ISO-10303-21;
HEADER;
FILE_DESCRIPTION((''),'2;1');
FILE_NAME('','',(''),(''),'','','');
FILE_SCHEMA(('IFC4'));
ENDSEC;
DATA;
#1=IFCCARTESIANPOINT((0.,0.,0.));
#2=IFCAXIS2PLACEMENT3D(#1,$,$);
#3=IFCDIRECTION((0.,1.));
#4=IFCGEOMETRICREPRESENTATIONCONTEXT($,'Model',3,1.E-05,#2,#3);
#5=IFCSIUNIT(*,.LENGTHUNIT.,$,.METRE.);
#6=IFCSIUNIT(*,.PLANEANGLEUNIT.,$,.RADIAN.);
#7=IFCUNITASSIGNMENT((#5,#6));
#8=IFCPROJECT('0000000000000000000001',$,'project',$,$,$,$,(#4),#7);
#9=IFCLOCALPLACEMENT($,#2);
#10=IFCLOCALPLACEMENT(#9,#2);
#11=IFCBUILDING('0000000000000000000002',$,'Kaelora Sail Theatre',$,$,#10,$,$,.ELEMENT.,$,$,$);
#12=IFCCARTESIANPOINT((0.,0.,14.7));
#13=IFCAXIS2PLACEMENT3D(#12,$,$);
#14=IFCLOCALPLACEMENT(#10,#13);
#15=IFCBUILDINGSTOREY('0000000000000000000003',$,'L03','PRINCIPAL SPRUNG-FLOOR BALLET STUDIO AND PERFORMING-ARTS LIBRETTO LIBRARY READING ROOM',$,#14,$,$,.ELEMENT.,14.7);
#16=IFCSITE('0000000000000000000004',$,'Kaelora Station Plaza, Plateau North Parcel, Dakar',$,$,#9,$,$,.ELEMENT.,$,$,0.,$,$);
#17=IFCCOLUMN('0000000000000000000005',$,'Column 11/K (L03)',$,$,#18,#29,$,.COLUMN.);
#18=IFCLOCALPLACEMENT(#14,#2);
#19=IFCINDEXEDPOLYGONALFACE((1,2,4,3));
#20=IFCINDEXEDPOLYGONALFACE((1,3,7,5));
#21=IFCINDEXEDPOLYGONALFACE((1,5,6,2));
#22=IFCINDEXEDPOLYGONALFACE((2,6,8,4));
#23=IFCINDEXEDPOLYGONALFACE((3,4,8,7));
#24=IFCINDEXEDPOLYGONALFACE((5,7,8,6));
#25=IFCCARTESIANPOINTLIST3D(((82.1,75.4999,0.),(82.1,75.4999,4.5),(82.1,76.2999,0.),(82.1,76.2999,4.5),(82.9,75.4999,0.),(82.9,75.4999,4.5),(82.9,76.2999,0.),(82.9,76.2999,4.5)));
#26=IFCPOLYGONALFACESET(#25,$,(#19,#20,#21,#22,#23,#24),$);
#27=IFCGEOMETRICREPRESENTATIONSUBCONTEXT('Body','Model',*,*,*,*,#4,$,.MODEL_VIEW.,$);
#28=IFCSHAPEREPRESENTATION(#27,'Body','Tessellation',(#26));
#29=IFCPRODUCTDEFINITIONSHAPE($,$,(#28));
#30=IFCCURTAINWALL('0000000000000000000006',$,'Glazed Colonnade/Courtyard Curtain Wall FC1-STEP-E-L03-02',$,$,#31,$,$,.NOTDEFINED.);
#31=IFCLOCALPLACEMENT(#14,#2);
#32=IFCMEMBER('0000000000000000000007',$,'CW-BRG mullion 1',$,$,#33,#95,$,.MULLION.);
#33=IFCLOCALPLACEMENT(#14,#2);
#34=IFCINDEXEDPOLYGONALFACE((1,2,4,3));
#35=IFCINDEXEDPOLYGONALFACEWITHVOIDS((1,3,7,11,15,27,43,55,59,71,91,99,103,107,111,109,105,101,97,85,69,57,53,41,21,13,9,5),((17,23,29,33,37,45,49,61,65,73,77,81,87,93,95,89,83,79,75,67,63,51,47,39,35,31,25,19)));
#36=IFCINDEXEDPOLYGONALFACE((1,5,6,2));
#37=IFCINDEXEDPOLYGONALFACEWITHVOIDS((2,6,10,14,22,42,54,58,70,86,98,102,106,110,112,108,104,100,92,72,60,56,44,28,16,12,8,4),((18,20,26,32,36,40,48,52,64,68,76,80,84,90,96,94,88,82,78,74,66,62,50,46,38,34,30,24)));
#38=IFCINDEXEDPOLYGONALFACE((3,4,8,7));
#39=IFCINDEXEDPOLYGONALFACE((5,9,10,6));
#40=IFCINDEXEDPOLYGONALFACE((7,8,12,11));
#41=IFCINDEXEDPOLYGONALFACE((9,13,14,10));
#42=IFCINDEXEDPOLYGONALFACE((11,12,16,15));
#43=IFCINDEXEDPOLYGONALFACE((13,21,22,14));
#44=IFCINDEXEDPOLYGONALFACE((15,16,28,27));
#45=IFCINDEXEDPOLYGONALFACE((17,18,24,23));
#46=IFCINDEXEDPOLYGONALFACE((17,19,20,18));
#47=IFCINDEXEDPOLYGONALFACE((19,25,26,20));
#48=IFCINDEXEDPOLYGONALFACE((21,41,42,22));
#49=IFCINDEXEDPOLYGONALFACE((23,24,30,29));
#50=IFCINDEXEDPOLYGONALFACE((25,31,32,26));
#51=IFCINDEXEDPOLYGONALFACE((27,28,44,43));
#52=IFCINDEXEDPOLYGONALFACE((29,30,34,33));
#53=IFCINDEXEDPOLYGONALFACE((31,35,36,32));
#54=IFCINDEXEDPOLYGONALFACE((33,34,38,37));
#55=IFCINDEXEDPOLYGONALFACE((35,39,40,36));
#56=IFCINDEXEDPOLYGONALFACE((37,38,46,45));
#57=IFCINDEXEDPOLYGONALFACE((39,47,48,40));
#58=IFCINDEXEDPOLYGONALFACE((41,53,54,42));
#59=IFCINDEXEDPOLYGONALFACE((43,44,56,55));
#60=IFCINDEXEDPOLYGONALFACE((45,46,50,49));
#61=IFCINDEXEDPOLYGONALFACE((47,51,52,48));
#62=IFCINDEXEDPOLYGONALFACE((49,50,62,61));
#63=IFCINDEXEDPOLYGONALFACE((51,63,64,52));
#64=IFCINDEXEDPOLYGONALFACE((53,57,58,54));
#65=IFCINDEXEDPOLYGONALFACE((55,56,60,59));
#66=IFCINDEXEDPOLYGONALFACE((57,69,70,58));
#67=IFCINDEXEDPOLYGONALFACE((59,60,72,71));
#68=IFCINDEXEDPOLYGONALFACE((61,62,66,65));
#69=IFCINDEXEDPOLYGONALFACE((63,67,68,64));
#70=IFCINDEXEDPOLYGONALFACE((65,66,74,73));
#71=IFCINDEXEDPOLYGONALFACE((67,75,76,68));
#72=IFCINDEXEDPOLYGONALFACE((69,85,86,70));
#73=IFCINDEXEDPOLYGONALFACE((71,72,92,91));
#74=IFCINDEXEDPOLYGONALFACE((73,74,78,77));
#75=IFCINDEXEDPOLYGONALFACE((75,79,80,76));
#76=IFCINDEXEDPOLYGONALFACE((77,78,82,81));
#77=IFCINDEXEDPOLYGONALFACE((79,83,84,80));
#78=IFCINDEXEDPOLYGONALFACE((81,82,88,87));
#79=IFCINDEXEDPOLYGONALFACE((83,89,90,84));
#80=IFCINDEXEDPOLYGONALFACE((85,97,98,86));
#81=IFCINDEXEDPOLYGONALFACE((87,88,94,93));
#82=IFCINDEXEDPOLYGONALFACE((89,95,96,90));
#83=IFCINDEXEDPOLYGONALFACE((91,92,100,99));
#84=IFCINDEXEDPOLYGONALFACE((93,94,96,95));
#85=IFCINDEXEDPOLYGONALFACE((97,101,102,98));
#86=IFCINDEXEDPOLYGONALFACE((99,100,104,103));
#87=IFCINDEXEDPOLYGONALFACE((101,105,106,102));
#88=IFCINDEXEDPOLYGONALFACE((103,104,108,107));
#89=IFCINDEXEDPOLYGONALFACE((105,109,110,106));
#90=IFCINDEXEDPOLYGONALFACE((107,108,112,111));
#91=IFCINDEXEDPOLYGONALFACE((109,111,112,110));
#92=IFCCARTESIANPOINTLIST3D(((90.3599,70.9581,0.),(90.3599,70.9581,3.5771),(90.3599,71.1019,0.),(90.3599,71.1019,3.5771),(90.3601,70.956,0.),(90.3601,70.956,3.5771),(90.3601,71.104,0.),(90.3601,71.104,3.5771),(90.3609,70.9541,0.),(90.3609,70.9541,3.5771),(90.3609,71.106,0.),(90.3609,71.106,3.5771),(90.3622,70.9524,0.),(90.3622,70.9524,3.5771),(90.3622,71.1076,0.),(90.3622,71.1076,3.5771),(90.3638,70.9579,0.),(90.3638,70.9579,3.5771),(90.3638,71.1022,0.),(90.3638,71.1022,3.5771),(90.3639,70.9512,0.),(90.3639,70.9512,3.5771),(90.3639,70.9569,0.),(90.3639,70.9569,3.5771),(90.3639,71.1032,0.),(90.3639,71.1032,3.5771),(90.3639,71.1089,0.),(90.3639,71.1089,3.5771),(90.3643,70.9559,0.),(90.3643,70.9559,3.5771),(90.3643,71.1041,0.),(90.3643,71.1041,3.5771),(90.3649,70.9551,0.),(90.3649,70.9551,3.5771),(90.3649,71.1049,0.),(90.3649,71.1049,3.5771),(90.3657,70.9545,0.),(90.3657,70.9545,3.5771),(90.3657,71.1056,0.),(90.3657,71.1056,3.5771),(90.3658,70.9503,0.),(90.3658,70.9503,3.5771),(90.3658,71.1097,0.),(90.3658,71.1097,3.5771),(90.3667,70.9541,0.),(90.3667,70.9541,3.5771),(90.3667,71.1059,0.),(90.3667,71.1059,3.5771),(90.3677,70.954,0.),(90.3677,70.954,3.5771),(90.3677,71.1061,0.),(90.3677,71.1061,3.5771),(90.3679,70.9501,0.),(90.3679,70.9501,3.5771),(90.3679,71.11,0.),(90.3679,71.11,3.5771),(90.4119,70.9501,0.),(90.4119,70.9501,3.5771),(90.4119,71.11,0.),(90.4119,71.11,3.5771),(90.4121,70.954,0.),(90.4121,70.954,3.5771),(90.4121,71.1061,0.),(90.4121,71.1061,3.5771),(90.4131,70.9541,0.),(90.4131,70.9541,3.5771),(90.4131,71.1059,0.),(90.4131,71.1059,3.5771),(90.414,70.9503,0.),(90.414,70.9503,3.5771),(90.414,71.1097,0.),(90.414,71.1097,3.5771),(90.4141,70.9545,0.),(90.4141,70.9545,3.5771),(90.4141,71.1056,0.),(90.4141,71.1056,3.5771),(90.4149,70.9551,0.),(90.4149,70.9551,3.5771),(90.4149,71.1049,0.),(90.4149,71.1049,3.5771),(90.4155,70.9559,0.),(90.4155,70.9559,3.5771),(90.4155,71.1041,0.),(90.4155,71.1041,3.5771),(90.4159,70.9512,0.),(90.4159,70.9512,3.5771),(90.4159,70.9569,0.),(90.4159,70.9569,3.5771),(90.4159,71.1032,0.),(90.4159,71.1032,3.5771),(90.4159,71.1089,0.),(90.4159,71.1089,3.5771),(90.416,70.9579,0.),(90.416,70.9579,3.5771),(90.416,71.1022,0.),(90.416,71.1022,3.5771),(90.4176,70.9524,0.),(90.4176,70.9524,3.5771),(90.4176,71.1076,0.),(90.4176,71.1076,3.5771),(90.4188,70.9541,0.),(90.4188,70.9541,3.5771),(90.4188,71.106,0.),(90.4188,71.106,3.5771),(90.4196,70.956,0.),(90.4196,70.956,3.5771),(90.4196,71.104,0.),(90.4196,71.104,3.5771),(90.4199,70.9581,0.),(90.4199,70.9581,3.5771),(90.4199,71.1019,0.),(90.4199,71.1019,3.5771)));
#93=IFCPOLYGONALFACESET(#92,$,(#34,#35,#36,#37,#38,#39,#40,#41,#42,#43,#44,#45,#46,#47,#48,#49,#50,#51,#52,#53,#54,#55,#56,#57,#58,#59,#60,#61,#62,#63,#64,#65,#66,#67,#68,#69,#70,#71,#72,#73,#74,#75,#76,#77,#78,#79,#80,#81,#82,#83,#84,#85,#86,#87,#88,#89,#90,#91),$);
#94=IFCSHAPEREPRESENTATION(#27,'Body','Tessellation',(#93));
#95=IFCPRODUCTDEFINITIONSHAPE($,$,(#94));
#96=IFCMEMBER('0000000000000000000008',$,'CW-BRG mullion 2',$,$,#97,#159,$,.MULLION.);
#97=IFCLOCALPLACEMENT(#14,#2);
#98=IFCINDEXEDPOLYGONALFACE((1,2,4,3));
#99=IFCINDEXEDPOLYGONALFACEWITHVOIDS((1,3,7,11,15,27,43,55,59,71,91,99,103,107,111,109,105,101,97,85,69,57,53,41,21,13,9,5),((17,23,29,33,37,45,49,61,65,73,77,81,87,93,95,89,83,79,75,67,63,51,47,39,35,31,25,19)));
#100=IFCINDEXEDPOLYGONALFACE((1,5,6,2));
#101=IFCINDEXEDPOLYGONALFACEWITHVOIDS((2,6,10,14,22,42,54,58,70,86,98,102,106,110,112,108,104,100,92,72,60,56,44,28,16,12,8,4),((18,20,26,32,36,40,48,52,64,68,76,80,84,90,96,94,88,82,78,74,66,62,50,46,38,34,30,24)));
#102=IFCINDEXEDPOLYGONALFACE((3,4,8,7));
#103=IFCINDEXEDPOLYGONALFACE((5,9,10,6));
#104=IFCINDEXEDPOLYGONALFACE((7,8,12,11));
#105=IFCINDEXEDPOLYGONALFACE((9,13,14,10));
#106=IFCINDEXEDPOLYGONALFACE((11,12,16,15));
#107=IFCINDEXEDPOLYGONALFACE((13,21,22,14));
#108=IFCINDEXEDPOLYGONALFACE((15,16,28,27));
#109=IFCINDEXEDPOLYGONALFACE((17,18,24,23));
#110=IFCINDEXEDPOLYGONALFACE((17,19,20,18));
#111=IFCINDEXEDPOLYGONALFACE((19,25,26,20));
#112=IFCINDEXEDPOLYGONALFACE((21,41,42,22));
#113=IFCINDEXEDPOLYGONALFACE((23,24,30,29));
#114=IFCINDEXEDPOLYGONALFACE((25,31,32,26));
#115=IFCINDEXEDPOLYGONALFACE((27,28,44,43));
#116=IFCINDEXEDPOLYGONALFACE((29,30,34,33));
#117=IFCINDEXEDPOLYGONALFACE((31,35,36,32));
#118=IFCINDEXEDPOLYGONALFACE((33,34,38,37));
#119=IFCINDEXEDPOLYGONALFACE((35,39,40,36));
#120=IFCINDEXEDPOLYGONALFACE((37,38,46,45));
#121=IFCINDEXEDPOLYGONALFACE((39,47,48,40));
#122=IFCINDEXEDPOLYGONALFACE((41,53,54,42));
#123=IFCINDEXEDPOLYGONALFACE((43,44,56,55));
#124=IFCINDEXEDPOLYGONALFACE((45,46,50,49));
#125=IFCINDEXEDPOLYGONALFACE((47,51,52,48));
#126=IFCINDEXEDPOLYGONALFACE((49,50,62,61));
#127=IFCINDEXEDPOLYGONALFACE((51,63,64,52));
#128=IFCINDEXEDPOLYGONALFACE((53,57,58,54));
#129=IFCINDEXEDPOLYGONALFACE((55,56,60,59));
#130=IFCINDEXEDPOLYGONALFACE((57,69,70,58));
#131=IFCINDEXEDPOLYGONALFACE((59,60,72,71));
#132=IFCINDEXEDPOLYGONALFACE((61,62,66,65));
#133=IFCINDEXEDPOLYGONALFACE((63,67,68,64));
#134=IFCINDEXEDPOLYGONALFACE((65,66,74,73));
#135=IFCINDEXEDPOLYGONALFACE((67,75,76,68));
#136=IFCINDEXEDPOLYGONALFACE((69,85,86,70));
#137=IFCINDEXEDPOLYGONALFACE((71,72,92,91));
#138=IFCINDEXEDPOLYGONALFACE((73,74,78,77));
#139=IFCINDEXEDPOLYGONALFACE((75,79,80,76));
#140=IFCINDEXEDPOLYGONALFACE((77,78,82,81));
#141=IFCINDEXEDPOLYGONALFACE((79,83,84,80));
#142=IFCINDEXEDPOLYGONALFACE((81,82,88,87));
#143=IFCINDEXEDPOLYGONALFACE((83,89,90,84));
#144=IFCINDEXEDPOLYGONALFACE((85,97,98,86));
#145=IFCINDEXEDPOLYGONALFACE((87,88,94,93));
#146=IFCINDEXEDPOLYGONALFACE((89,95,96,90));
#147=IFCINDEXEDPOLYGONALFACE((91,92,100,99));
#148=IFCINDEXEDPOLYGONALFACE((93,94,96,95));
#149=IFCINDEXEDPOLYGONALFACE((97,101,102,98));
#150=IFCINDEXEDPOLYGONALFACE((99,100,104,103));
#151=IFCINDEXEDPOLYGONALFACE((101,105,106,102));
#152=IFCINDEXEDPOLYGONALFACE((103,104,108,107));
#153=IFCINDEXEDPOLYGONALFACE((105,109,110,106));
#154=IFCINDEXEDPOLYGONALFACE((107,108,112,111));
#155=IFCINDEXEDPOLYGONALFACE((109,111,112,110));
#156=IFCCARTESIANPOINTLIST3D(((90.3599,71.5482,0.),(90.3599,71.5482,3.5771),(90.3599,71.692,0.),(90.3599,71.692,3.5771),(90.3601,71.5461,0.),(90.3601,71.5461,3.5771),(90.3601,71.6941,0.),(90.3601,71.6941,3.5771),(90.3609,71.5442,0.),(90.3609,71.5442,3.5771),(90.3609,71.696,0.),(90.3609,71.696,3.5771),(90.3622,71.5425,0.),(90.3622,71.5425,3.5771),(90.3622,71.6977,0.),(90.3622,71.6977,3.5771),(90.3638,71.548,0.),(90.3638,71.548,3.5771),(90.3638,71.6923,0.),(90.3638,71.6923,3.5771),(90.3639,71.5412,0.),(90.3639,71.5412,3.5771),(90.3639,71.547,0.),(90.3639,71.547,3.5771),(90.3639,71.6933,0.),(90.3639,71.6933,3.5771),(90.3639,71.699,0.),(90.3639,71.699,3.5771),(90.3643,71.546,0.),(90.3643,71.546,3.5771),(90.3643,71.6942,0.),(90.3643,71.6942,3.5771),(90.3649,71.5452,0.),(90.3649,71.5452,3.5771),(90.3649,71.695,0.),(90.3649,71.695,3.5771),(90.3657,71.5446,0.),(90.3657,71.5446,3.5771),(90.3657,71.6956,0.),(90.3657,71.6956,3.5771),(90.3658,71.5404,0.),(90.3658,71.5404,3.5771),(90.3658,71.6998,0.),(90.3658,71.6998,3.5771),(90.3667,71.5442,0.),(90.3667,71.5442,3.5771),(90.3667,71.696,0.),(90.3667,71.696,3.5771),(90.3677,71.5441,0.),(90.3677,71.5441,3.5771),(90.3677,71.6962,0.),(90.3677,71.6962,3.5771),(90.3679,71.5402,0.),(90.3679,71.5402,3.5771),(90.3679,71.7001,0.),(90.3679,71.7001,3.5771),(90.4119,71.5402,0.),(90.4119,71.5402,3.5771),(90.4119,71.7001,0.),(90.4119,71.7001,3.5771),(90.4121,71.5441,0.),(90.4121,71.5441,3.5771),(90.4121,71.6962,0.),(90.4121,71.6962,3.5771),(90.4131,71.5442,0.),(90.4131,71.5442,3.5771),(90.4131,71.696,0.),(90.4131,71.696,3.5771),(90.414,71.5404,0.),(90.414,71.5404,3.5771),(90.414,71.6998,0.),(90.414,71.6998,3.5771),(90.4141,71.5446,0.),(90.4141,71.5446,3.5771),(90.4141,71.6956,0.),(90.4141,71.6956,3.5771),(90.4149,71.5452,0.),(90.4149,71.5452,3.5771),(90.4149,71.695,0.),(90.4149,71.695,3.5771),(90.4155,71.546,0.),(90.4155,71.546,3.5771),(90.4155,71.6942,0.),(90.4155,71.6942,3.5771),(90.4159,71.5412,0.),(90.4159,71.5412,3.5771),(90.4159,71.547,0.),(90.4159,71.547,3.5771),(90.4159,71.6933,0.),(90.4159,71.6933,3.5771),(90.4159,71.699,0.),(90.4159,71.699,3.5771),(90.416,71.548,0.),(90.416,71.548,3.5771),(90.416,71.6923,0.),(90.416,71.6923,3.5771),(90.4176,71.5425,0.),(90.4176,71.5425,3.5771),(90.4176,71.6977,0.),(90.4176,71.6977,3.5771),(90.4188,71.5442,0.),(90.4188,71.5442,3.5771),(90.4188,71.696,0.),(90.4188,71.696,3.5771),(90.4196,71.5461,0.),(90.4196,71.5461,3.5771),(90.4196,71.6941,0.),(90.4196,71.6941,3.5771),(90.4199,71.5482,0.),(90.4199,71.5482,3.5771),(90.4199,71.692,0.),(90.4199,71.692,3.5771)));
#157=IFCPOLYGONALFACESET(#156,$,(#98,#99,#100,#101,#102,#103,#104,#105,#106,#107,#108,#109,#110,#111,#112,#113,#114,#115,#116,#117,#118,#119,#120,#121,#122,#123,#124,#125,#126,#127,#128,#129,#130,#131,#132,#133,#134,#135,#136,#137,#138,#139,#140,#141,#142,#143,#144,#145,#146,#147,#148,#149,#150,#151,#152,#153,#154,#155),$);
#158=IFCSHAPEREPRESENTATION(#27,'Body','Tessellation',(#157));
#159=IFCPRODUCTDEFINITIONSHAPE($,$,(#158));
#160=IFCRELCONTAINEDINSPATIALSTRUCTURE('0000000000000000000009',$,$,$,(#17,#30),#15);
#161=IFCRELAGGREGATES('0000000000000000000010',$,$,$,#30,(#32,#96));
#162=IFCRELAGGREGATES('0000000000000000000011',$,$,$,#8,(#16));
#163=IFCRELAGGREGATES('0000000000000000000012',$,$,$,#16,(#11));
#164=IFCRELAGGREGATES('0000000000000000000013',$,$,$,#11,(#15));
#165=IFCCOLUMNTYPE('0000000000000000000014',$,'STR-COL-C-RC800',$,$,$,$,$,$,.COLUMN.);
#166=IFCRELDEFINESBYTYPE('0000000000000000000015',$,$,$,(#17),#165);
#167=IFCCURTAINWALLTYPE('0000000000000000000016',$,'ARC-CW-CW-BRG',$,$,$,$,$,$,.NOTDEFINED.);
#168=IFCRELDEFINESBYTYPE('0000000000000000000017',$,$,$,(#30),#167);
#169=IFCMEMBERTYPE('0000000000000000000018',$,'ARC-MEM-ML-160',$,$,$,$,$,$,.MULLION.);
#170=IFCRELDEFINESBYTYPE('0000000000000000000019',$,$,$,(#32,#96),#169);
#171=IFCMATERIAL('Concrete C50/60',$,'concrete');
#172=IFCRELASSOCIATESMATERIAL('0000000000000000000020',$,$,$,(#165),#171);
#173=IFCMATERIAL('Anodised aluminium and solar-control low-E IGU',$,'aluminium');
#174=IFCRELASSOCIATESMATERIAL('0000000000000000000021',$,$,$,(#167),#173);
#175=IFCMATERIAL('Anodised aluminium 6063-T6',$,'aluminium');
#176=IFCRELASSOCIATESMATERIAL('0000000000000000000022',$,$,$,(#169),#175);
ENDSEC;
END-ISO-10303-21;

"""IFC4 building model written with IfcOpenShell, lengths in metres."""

from ifc_helpers import new_model, si_unit, direction, frame, origin, origin_2d, place, context, subcontext, project, spatial, rectangle, hollow_rectangle, extrude, material, material_profile, profile_set, type_object, element, aggregate, save


model = new_model("IFC4")

# Units and contexts
model_context = context("Model", 3, precision=1e-05, world=origin(), true_north=direction((0.0, 1.0)))
body_context = subcontext(model_context, "Body", "Model", "MODEL_VIEW")
ifc_project = project(units=[si_unit("LENGTHUNIT", "METRE"), si_unit("PLANEANGLEUNIT", "RADIAN")], contexts=[model_context])

# Site, building, storey
site_placement = place(None, origin())
site = spatial("IfcSite", under=ifc_project, at=site_placement, Name="Kaelora Station Plaza, Plateau North Parcel, Dakar", CompositionType="ELEMENT", RefElevation=0.0)
building_placement = place(site_placement, origin())
building = spatial("IfcBuilding", under=site, at=building_placement, Name="Kaelora Sail Theatre", CompositionType="ELEMENT")
storey_placement = place(building_placement, frame((0.0, 0.0, 14.7)))
storey = spatial("IfcBuildingStorey", under=building, at=storey_placement, Name="L03", Description="PRINCIPAL SPRUNG-FLOOR BALLET STUDIO AND PERFORMING-ARTS LIBRETTO LIBRARY READING ROOM", CompositionType="ELEMENT", Elevation=14.7)

# Column
ifc_material_1 = material(Name="Concrete C50/60", Category="concrete")
ifc_material_profile_1 = material_profile(ifc_material_1, rectangle(XDim=0.8, YDim=0.8, at=origin_2d()), Name="RC-COL 800x800")
ifc_profile_set_1 = profile_set([ifc_material_profile_1], Name="Concrete C50/60")
column_type = type_object("IfcColumnType", Name="STR-COL-C-RC800", PredefinedType="COLUMN", material=ifc_profile_set_1)
column_placement = place(storey_placement, frame((82.5, 75.8999, 0.0), z_axis=(0.0, 0.0, 1.0), x_axis=(1.0, 0.0, 0.0)))
element("IfcColumn", 1, at=column_placement, inside=storey, type_object=column_type, Name="Column 11/K (L03)", PredefinedType="COLUMN", context=body_context, shape_type="SweptSolid", body=[
    extrude(rectangle(XDim=0.8, YDim=0.8, at=origin_2d()), origin(), (0.0, 0.0, 1.0), 4.5),
])

# Curtain wall, members
ifc_material_2 = material(Name="Anodised aluminium and solar-control low-E IGU", Category="aluminium")
curtain_wall_type = type_object("IfcCurtainWallType", Name="ARC-CW-CW-BRG", PredefinedType="NOTDEFINED", material=ifc_material_2)
curtain_wall_placement = place(storey_placement, origin())
curtain_wall = element("IfcCurtainWall", 2, at=curtain_wall_placement, inside=storey, type_object=curtain_wall_type, Name="Glazed Colonnade/Courtyard Curtain Wall FC1-STEP-E-L03-02", PredefinedType="NOTDEFINED")
ifc_material_3 = material(Name="Anodised aluminium 6063-T6", Category="aluminium")
ifc_material_profile_2 = material_profile(ifc_material_3, hollow_rectangle(XDim=0.0601, YDim=0.1599, WallThickness=0.0039, InnerFilletRadius=0.0039, OuterFilletRadius=0.0081, at=origin_2d()), Name="ALU-MULL 60x160x4")
ifc_profile_set_2 = profile_set([ifc_material_profile_2], Name="Anodised aluminium 6063-T6")
member_type_1 = type_object("IfcMemberType", Name="ARC-MEM-ML-160", PredefinedType="MULLION", material=ifc_profile_set_2)
member_1_placement = place(storey_placement, frame((90.3899, 71.03, 0.0), z_axis=(0.0, 0.0, 1.0), x_axis=(-1.0, 0.0, 0.0)))
member_1 = element("IfcMember", 3, at=member_1_placement, type_object=member_type_1, Name="CW-BRG mullion 1", PredefinedType="MULLION", context=body_context, shape_type="SweptSolid", body=[
    extrude(hollow_rectangle(XDim=0.0601, YDim=0.1599, WallThickness=0.0039, InnerFilletRadius=0.0039, OuterFilletRadius=0.0081, at=origin_2d()), origin(), (0.0, 0.0, 1.0), 3.5771),
])
member_2_placement = place(storey_placement, frame((90.3899, 71.6201, 0.0), z_axis=(0.0, 0.0, 1.0), x_axis=(-1.0, 0.0, 0.0)))
member_2 = element("IfcMember", 4, at=member_2_placement, type_object=member_type_1, Name="CW-BRG mullion 2", PredefinedType="MULLION", context=body_context, shape_type="SweptSolid", body=[
    extrude(hollow_rectangle(XDim=0.0601, YDim=0.1599, WallThickness=0.0039, InnerFilletRadius=0.0039, OuterFilletRadius=0.0081, at=origin_2d()), origin(), (0.0, 0.0, 1.0), 3.5771),
])

aggregate(curtain_wall, [member_1, member_2])

save(model, "model.ifc")
